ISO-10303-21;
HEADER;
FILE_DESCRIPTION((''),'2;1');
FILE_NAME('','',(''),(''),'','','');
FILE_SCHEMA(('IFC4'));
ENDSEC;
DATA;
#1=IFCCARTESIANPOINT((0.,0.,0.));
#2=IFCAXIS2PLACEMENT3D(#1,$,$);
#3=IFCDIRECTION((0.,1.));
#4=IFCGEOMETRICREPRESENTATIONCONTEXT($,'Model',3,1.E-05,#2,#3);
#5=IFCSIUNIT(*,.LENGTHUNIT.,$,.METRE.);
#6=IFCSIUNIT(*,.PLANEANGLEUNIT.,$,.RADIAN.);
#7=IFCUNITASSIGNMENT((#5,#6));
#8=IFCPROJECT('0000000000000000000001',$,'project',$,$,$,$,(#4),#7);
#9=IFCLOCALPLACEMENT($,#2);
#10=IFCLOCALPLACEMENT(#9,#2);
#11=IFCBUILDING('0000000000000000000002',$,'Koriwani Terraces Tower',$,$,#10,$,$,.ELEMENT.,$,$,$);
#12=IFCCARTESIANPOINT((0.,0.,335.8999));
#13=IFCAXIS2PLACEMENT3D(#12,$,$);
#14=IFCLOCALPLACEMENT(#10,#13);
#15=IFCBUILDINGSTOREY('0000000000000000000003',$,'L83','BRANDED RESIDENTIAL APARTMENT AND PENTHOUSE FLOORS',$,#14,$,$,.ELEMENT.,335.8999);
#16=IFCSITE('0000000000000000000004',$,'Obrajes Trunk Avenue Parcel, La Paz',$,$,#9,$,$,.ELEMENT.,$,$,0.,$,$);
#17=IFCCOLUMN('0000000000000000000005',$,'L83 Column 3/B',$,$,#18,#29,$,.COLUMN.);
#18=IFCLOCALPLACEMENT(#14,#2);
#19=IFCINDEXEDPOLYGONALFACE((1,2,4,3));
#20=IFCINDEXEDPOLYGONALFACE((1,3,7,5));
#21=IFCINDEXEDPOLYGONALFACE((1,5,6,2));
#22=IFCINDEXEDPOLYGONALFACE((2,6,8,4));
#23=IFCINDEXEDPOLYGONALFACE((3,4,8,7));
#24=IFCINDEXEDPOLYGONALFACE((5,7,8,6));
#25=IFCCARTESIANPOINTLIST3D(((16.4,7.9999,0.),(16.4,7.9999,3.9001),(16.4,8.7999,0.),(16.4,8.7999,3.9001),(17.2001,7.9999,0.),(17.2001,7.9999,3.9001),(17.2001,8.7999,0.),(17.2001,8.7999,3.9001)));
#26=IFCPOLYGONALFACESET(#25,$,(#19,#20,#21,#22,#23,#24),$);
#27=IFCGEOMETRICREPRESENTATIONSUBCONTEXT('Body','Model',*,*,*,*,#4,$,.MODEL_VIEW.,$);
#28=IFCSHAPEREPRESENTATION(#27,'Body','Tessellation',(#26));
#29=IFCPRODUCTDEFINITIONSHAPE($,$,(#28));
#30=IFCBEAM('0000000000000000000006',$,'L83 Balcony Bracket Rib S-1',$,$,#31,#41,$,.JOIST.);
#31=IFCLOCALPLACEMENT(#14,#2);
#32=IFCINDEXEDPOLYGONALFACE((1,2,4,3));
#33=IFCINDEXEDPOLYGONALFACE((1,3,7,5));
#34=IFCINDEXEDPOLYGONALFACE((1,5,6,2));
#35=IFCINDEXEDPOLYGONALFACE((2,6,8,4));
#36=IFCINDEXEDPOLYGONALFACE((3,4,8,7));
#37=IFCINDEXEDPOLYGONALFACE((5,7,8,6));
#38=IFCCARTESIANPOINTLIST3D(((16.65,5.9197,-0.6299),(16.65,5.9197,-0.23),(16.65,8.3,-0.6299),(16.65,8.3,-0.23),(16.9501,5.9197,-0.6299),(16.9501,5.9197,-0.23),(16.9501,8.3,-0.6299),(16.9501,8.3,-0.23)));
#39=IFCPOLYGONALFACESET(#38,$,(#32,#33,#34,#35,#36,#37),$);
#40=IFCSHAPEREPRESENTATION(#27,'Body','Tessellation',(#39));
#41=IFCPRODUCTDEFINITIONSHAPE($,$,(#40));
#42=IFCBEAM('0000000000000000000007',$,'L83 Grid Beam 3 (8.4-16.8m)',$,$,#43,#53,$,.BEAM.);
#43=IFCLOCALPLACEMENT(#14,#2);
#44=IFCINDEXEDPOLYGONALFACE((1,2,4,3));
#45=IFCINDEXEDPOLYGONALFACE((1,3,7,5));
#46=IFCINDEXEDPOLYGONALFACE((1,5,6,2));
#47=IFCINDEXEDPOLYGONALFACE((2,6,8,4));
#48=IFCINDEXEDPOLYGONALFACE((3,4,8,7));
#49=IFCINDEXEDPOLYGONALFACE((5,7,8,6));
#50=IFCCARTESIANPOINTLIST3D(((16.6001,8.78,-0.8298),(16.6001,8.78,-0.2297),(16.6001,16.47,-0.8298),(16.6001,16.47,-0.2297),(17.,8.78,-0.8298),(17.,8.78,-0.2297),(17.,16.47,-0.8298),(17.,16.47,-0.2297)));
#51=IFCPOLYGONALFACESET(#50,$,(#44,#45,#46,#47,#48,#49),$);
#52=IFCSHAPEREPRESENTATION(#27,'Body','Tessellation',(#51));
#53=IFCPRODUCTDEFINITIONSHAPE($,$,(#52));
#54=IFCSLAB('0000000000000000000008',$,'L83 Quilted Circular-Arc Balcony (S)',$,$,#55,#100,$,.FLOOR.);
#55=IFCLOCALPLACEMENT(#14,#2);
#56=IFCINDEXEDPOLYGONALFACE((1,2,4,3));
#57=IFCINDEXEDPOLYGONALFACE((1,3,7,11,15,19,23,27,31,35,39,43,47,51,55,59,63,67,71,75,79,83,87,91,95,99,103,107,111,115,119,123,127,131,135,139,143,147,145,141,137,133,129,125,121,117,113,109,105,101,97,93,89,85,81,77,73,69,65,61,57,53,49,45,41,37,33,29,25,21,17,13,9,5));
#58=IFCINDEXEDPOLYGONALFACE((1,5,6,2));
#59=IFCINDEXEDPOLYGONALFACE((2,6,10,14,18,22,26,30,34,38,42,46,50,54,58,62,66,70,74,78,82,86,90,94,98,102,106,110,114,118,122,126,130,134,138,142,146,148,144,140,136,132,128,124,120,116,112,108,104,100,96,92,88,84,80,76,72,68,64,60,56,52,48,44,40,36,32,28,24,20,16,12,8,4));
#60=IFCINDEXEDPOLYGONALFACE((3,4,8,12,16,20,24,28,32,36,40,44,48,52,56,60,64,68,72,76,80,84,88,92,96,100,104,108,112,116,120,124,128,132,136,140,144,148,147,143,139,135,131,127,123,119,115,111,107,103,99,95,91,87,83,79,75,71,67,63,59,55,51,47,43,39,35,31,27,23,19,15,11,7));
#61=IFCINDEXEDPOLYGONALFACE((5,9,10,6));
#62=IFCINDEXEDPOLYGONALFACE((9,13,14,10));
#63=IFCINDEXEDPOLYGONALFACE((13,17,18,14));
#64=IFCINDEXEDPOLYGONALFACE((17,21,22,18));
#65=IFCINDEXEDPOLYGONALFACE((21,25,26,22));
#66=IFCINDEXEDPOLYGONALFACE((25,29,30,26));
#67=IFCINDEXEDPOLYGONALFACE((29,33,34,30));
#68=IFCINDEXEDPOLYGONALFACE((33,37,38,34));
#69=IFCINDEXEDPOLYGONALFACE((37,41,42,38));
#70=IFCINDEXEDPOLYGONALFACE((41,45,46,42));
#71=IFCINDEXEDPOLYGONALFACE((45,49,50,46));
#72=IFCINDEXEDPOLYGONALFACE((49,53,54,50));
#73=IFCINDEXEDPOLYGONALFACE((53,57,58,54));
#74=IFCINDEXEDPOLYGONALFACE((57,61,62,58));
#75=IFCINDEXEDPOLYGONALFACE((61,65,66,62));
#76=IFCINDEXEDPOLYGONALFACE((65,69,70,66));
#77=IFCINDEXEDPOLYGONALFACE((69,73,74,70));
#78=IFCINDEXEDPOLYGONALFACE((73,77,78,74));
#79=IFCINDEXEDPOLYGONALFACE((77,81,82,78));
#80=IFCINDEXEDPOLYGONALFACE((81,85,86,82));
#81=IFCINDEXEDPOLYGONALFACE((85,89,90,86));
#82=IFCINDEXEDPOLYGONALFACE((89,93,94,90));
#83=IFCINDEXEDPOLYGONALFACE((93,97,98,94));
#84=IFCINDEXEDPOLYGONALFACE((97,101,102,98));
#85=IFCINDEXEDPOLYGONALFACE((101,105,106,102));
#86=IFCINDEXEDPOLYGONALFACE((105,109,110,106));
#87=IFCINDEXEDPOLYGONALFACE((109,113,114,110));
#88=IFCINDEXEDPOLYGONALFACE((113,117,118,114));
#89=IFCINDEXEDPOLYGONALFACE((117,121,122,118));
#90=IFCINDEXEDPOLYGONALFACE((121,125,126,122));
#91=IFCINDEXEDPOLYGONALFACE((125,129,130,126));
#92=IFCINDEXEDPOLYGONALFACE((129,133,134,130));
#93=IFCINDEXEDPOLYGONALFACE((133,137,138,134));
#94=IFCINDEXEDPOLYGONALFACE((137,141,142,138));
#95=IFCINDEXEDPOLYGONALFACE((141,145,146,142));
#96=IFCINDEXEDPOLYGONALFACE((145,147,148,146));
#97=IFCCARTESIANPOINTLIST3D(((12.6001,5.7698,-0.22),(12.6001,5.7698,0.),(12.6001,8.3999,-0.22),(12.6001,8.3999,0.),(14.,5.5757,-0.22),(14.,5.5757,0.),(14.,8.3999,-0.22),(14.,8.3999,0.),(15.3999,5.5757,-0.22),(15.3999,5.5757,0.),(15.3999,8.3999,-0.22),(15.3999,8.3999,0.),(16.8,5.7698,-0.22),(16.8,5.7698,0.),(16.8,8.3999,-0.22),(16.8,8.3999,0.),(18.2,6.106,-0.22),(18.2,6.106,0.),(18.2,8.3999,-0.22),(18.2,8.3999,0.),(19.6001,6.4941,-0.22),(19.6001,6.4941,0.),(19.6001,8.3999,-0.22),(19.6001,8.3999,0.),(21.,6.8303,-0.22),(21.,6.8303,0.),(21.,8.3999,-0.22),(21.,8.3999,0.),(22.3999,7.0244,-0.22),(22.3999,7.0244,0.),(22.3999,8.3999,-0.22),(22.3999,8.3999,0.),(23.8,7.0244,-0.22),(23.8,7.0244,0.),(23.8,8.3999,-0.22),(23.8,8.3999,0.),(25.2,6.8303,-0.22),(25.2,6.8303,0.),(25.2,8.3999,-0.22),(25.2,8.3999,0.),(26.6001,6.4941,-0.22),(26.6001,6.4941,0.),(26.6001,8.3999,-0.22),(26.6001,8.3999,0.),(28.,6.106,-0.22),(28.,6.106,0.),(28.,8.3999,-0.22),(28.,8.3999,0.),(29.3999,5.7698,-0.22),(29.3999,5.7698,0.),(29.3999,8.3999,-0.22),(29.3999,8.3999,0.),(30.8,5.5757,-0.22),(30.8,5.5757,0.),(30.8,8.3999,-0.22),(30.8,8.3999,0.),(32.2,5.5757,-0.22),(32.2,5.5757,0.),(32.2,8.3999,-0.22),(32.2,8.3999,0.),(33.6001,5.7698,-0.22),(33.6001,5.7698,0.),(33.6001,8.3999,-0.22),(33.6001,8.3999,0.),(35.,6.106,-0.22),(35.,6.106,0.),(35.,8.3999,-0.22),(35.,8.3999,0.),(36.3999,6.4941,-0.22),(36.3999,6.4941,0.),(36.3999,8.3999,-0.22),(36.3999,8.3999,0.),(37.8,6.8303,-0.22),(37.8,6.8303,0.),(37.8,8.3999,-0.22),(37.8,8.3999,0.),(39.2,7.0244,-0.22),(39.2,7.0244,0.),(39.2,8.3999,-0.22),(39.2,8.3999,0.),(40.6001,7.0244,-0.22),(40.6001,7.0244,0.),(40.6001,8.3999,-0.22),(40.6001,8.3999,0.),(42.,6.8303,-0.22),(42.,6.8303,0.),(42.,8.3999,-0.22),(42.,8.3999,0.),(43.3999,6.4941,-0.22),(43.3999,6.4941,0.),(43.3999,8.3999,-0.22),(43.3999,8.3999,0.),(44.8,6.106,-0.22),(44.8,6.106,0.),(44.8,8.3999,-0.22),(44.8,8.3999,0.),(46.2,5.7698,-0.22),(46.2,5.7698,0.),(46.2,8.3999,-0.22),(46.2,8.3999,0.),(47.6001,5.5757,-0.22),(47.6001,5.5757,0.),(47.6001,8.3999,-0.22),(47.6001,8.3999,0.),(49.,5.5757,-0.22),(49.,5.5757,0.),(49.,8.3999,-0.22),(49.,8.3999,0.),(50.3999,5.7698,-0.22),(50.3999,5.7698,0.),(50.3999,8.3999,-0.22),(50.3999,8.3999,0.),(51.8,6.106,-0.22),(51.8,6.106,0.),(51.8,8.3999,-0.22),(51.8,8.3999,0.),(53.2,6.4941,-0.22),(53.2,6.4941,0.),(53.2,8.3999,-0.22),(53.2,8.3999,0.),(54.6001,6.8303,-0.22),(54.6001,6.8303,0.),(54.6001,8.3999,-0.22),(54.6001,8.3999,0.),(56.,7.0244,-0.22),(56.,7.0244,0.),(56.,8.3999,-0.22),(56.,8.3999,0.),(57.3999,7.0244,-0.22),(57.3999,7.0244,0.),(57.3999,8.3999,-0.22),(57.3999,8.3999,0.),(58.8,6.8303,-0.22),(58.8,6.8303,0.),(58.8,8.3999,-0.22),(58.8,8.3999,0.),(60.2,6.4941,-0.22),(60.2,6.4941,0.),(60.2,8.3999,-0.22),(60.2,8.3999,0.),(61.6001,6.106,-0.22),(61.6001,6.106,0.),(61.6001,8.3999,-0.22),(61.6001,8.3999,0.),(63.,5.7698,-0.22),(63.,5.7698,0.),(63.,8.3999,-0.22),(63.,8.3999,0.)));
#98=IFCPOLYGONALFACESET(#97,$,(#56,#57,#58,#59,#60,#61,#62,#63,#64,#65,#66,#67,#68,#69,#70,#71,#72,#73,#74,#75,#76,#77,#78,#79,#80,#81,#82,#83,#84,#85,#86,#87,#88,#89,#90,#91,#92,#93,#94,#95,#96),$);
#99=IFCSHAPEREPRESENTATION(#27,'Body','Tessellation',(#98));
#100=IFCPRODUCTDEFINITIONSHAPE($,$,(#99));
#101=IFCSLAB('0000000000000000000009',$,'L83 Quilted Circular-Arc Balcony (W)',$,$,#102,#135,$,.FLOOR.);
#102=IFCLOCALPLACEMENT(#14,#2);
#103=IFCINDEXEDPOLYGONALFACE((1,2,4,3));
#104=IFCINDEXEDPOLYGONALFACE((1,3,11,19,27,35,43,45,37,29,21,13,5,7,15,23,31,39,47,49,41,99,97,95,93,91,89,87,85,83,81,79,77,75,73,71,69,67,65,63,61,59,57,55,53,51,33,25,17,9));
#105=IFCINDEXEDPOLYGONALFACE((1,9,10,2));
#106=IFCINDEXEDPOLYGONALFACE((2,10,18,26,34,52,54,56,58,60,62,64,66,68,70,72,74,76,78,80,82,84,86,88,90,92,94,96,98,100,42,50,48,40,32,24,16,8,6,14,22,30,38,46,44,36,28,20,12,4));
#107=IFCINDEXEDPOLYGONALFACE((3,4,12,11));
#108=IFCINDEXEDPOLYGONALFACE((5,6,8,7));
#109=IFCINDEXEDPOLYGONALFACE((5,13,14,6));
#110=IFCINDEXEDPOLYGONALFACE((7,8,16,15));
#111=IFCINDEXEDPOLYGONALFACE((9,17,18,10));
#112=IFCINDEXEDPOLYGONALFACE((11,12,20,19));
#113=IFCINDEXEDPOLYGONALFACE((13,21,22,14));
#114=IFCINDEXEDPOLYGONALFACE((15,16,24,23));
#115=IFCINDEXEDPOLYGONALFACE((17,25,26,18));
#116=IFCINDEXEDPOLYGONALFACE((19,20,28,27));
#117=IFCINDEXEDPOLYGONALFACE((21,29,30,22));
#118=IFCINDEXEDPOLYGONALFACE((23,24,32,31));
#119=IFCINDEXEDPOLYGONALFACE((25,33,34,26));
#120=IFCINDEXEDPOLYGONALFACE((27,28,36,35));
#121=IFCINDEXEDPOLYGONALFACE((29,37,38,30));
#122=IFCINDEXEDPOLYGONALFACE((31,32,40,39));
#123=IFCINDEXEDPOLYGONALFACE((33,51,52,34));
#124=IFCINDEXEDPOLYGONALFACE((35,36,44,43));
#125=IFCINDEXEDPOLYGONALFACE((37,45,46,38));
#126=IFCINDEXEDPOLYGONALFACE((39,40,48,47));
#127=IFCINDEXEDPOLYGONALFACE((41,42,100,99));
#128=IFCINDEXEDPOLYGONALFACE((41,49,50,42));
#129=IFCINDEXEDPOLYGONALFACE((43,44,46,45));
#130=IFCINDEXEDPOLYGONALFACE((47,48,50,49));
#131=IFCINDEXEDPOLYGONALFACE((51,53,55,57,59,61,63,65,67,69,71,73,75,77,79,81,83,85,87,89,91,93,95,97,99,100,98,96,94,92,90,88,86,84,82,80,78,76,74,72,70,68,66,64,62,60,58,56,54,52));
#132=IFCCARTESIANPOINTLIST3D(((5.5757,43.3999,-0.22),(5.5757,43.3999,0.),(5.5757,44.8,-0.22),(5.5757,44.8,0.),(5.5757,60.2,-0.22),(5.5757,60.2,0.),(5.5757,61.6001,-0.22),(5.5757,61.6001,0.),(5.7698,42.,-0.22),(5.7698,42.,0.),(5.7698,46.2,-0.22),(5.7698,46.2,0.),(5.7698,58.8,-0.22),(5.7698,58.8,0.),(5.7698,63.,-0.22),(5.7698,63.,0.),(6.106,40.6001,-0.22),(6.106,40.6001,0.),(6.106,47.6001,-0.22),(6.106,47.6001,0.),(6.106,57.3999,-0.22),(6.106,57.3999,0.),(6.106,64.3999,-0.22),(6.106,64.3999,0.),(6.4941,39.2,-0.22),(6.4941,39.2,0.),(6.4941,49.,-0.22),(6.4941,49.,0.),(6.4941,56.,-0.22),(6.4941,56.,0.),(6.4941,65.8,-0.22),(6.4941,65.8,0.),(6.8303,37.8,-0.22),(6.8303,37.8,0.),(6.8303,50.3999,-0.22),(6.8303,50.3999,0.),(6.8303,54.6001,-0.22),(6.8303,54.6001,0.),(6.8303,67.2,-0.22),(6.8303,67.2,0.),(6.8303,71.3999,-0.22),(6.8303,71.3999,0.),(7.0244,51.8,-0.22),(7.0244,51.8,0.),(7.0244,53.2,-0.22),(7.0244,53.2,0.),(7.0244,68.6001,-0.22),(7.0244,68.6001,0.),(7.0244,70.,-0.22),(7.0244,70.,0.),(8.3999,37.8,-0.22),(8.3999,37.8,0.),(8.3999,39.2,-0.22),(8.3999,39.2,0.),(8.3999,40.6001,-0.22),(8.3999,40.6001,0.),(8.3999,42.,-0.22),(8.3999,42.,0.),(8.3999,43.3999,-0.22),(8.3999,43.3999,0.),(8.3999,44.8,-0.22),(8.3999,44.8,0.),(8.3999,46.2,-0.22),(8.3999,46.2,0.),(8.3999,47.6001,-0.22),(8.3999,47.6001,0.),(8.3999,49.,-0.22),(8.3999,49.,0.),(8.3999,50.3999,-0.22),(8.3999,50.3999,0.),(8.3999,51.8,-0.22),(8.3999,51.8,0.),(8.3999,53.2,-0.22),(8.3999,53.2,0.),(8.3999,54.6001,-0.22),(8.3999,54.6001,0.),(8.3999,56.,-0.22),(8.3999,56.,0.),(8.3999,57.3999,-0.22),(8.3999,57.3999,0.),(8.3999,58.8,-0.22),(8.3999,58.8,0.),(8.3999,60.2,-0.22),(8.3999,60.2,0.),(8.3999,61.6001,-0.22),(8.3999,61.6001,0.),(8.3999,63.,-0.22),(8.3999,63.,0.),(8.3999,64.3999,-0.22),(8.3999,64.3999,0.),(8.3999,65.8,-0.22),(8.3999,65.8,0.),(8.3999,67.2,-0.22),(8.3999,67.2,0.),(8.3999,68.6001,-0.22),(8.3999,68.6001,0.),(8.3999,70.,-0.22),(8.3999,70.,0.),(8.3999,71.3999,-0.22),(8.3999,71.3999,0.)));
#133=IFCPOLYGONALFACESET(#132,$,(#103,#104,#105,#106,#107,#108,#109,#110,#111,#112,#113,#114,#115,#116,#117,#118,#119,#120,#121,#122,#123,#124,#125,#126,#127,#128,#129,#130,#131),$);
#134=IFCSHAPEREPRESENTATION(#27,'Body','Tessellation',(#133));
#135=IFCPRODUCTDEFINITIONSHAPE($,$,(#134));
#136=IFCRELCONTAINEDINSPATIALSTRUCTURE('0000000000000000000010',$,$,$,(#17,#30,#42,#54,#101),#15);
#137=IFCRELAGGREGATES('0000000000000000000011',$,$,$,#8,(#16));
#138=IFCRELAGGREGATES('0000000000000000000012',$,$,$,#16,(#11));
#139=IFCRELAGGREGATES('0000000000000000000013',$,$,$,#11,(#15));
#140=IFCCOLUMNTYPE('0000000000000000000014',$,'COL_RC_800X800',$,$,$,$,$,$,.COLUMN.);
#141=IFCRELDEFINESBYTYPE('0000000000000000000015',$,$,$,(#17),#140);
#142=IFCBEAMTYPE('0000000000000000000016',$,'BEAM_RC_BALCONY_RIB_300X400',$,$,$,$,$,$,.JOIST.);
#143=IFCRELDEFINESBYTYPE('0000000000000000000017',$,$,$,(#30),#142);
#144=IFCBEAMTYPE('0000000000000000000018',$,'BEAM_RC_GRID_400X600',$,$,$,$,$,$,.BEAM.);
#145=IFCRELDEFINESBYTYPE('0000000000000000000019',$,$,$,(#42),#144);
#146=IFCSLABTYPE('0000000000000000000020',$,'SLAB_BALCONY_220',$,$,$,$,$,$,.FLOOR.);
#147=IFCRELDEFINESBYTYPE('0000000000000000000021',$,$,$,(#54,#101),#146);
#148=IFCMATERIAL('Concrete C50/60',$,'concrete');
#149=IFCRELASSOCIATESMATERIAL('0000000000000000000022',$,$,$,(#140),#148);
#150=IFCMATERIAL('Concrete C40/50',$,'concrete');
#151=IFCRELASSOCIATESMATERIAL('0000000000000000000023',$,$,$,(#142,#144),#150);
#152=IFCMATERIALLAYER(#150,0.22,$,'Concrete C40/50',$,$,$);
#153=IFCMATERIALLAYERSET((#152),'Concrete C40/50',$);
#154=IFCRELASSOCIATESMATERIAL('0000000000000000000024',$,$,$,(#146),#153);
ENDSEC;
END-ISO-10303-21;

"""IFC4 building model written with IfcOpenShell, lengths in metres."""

from ifc_helpers import new_model, si_unit, direction, frame, origin, origin_2d, place, context, subcontext, project, spatial, polyline, rectangle, outline, extrude, material, layer, layer_set, material_profile, profile_set, type_object, element, save


model = new_model("IFC4")

# Units and contexts
model_context = context("Model", 3, precision=1e-05, world=origin(), true_north=direction((0.0, 1.0)))
body_context = subcontext(model_context, "Body", "Model", "MODEL_VIEW")
ifc_project = project(units=[si_unit("LENGTHUNIT", "METRE"), si_unit("PLANEANGLEUNIT", "RADIAN")], contexts=[model_context])

# Site, building, storey
site_placement = place(None, origin())
site = spatial("IfcSite", under=ifc_project, at=site_placement, Name="Obrajes Trunk Avenue Parcel, La Paz", CompositionType="ELEMENT", RefElevation=0.0)
building_placement = place(site_placement, origin())
building = spatial("IfcBuilding", under=site, at=building_placement, Name="Koriwani Terraces Tower", CompositionType="ELEMENT")
storey_placement = place(building_placement, frame((0.0, 0.0, 335.8999)))
storey = spatial("IfcBuildingStorey", under=building, at=storey_placement, Name="L83", Description="BRANDED RESIDENTIAL APARTMENT AND PENTHOUSE FLOORS", CompositionType="ELEMENT", Elevation=335.8999)

# Column
ifc_material_1 = material(Name="Concrete C50/60", Category="concrete")
ifc_material_profile_1 = material_profile(ifc_material_1, rectangle(XDim=0.8, YDim=0.8, at=origin_2d()), Name="Concrete C50/60", Category="LoadBearing")
ifc_profile_set_1 = profile_set([ifc_material_profile_1], Name="Concrete C50/60")
column_type = type_object("IfcColumnType", Name="COL_RC_800X800", PredefinedType="COLUMN", material=ifc_profile_set_1)
column_placement = place(storey_placement, frame((16.8, 8.3999, 0.0), z_axis=(0.0, 0.0, 1.0), x_axis=(1.0, 0.0, 0.0)))
element("IfcColumn", 1, at=column_placement, inside=storey, type_object=column_type, Name="L83 Column 3/B", PredefinedType="COLUMN", context=body_context, shape_type="SweptSolid", body=[
    extrude(rectangle(XDim=0.8, YDim=0.8, at=origin_2d()), origin(), (0.0, 0.0, 1.0), 3.9001),
])

# Beams
ifc_material_2 = material(Name="Concrete C40/50", Category="concrete")
ifc_material_profile_2 = material_profile(ifc_material_2, rectangle(XDim=0.3, YDim=0.3999, at=origin_2d()), Name="Concrete C40/50", Category="LoadBearing")
ifc_profile_set_2 = profile_set([ifc_material_profile_2], Name="Concrete C40/50")
beam_type_1 = type_object("IfcBeamType", Name="BEAM_RC_BALCONY_RIB_300X400", PredefinedType="JOIST", material=ifc_profile_set_2)
beam_1_placement = place(storey_placement, frame((16.8, 5.9197, -0.4299), z_axis=(0.0, 1.0, 0.0), x_axis=(-1.0, 0.0, 0.0)))
element("IfcBeam", 2, at=beam_1_placement, inside=storey, type_object=beam_type_1, Name="L83 Balcony Bracket Rib S-1", PredefinedType="JOIST", context=body_context, shape_type="SweptSolid", body=[
    extrude(rectangle(XDim=0.3, YDim=0.3999, at=origin_2d()), origin(), (0.0, 0.0, 1.0), 2.3804),
])
ifc_material_profile_3 = material_profile(ifc_material_2, rectangle(XDim=0.3999, YDim=0.6001, at=origin_2d()), Name="Concrete C40/50", Category="LoadBearing")
ifc_profile_set_3 = profile_set([ifc_material_profile_3], Name="Concrete C40/50")
beam_type_2 = type_object("IfcBeamType", Name="BEAM_RC_GRID_400X600", PredefinedType="BEAM", material=ifc_profile_set_3)
beam_2_placement = place(storey_placement, frame((16.8, 8.78, -0.5298), z_axis=(0.0, 1.0, 0.0), x_axis=(-1.0, 0.0, 0.0)))
element("IfcBeam", 3, at=beam_2_placement, inside=storey, type_object=beam_type_2, Name="L83 Grid Beam 3 (8.4-16.8m)", PredefinedType="BEAM", context=body_context, shape_type="SweptSolid", body=[
    extrude(rectangle(XDim=0.3999, YDim=0.6001, at=origin_2d()), origin(), (0.0, 0.0, 1.0), 7.6899),
])

# Slabs
ifc_layer_1 = layer(ifc_material_2, 0.22, Name="Concrete C40/50")
ifc_layer_set_1 = layer_set([ifc_layer_1], Name="Concrete C40/50")
slab_type_1 = type_object("IfcSlabType", Name="SLAB_BALCONY_220", PredefinedType="FLOOR", material=ifc_layer_set_1)
slab_1_placement = place(storey_placement, frame((0.0, 0.0, -0.22)))
element("IfcSlab", 4, at=slab_1_placement, inside=storey, type_object=slab_type_1, Name="L83 Quilted Circular-Arc Balcony (S)", PredefinedType="FLOOR", context=body_context, shape_type="SweptSolid", body=[
    extrude(outline(polyline([(12.6001, 8.3999), (14.0, 8.3999), (15.3999, 8.3999), (16.8, 8.3999), (18.2, 8.3999), (19.6001, 8.3999), (21.0, 8.3999), (22.3999, 8.3999), (23.8, 8.3999), (25.2, 8.3999), (26.6001, 8.3999), (28.0, 8.3999), (29.3999, 8.3999), (30.8, 8.3999), (32.2, 8.3999), (33.6001, 8.3999), (35.0, 8.3999), (36.3999, 8.3999), (37.8, 8.3999), (39.2, 8.3999), (40.6001, 8.3999), (42.0, 8.3999), (43.3999, 8.3999), (44.8, 8.3999), (46.2, 8.3999), (47.6001, 8.3999), (49.0, 8.3999), (50.3999, 8.3999), (51.8, 8.3999), (53.2, 8.3999), (54.6001, 8.3999), (56.0, 8.3999), (57.3999, 8.3999), (58.8, 8.3999), (60.2, 8.3999), (61.6001, 8.3999), (63.0, 8.3999), (63.0, 5.7698), (61.6001, 6.106), (60.2, 6.4941), (58.8, 6.8303), (57.3999, 7.0244), (56.0, 7.0244), (54.6001, 6.8303), (53.2, 6.4941), (51.8, 6.106), (50.3999, 5.7698), (49.0, 5.5757), (47.6001, 5.5757), (46.2, 5.7698), (44.8, 6.106), (43.3999, 6.4941), (42.0, 6.8303), (40.6001, 7.0244), (39.2, 7.0244), (37.8, 6.8303), (36.3999, 6.4941), (35.0, 6.106), (33.6001, 5.7698), (32.2, 5.5757), (30.8, 5.5757), (29.3999, 5.7698), (28.0, 6.106), (26.6001, 6.4941), (25.2, 6.8303), (23.8, 7.0244), (22.3999, 7.0244), (21.0, 6.8303), (19.6001, 6.4941), (18.2, 6.106), (16.8, 5.7698), (15.3999, 5.5757), (14.0, 5.5757), (12.6001, 5.7698), (12.6001, 8.3999)])), origin(), (0.0, 0.0, 1.0), 0.22),
])
slab_2_placement = place(storey_placement, frame((0.0, 0.0, -0.22)))
element("IfcSlab", 5, at=slab_2_placement, inside=storey, type_object=slab_type_1, Name="L83 Quilted Circular-Arc Balcony (W)", PredefinedType="FLOOR", context=body_context, shape_type="SweptSolid", body=[
    extrude(outline(polyline([(8.3999, 37.8), (8.3999, 39.2), (8.3999, 40.6001), (8.3999, 42.0), (8.3999, 43.3999), (8.3999, 44.8), (8.3999, 46.2), (8.3999, 47.6001), (8.3999, 49.0), (8.3999, 50.3999), (8.3999, 51.8), (8.3999, 53.2), (8.3999, 54.6001), (8.3999, 56.0), (8.3999, 57.3999), (8.3999, 58.8), (8.3999, 60.2), (8.3999, 61.6001), (8.3999, 63.0), (8.3999, 64.3999), (8.3999, 65.8), (8.3999, 67.2), (8.3999, 68.6001), (8.3999, 70.0), (8.3999, 71.3999), (6.8303, 71.3999), (7.0244, 70.0), (7.0244, 68.6001), (6.8303, 67.2), (6.4941, 65.8), (6.106, 64.3999), (5.7698, 63.0), (5.5757, 61.6001), (5.5757, 60.2), (5.7698, 58.8), (6.106, 57.3999), (6.4941, 56.0), (6.8303, 54.6001), (7.0244, 53.2), (7.0244, 51.8), (6.8303, 50.3999), (6.4941, 49.0), (6.106, 47.6001), (5.7698, 46.2), (5.5757, 44.8), (5.5757, 43.3999), (5.7698, 42.0), (6.106, 40.6001), (6.4941, 39.2), (6.8303, 37.8), (8.3999, 37.8)])), origin(), (0.0, 0.0, 1.0), 0.22),
])

save(model, "model.ifc")
